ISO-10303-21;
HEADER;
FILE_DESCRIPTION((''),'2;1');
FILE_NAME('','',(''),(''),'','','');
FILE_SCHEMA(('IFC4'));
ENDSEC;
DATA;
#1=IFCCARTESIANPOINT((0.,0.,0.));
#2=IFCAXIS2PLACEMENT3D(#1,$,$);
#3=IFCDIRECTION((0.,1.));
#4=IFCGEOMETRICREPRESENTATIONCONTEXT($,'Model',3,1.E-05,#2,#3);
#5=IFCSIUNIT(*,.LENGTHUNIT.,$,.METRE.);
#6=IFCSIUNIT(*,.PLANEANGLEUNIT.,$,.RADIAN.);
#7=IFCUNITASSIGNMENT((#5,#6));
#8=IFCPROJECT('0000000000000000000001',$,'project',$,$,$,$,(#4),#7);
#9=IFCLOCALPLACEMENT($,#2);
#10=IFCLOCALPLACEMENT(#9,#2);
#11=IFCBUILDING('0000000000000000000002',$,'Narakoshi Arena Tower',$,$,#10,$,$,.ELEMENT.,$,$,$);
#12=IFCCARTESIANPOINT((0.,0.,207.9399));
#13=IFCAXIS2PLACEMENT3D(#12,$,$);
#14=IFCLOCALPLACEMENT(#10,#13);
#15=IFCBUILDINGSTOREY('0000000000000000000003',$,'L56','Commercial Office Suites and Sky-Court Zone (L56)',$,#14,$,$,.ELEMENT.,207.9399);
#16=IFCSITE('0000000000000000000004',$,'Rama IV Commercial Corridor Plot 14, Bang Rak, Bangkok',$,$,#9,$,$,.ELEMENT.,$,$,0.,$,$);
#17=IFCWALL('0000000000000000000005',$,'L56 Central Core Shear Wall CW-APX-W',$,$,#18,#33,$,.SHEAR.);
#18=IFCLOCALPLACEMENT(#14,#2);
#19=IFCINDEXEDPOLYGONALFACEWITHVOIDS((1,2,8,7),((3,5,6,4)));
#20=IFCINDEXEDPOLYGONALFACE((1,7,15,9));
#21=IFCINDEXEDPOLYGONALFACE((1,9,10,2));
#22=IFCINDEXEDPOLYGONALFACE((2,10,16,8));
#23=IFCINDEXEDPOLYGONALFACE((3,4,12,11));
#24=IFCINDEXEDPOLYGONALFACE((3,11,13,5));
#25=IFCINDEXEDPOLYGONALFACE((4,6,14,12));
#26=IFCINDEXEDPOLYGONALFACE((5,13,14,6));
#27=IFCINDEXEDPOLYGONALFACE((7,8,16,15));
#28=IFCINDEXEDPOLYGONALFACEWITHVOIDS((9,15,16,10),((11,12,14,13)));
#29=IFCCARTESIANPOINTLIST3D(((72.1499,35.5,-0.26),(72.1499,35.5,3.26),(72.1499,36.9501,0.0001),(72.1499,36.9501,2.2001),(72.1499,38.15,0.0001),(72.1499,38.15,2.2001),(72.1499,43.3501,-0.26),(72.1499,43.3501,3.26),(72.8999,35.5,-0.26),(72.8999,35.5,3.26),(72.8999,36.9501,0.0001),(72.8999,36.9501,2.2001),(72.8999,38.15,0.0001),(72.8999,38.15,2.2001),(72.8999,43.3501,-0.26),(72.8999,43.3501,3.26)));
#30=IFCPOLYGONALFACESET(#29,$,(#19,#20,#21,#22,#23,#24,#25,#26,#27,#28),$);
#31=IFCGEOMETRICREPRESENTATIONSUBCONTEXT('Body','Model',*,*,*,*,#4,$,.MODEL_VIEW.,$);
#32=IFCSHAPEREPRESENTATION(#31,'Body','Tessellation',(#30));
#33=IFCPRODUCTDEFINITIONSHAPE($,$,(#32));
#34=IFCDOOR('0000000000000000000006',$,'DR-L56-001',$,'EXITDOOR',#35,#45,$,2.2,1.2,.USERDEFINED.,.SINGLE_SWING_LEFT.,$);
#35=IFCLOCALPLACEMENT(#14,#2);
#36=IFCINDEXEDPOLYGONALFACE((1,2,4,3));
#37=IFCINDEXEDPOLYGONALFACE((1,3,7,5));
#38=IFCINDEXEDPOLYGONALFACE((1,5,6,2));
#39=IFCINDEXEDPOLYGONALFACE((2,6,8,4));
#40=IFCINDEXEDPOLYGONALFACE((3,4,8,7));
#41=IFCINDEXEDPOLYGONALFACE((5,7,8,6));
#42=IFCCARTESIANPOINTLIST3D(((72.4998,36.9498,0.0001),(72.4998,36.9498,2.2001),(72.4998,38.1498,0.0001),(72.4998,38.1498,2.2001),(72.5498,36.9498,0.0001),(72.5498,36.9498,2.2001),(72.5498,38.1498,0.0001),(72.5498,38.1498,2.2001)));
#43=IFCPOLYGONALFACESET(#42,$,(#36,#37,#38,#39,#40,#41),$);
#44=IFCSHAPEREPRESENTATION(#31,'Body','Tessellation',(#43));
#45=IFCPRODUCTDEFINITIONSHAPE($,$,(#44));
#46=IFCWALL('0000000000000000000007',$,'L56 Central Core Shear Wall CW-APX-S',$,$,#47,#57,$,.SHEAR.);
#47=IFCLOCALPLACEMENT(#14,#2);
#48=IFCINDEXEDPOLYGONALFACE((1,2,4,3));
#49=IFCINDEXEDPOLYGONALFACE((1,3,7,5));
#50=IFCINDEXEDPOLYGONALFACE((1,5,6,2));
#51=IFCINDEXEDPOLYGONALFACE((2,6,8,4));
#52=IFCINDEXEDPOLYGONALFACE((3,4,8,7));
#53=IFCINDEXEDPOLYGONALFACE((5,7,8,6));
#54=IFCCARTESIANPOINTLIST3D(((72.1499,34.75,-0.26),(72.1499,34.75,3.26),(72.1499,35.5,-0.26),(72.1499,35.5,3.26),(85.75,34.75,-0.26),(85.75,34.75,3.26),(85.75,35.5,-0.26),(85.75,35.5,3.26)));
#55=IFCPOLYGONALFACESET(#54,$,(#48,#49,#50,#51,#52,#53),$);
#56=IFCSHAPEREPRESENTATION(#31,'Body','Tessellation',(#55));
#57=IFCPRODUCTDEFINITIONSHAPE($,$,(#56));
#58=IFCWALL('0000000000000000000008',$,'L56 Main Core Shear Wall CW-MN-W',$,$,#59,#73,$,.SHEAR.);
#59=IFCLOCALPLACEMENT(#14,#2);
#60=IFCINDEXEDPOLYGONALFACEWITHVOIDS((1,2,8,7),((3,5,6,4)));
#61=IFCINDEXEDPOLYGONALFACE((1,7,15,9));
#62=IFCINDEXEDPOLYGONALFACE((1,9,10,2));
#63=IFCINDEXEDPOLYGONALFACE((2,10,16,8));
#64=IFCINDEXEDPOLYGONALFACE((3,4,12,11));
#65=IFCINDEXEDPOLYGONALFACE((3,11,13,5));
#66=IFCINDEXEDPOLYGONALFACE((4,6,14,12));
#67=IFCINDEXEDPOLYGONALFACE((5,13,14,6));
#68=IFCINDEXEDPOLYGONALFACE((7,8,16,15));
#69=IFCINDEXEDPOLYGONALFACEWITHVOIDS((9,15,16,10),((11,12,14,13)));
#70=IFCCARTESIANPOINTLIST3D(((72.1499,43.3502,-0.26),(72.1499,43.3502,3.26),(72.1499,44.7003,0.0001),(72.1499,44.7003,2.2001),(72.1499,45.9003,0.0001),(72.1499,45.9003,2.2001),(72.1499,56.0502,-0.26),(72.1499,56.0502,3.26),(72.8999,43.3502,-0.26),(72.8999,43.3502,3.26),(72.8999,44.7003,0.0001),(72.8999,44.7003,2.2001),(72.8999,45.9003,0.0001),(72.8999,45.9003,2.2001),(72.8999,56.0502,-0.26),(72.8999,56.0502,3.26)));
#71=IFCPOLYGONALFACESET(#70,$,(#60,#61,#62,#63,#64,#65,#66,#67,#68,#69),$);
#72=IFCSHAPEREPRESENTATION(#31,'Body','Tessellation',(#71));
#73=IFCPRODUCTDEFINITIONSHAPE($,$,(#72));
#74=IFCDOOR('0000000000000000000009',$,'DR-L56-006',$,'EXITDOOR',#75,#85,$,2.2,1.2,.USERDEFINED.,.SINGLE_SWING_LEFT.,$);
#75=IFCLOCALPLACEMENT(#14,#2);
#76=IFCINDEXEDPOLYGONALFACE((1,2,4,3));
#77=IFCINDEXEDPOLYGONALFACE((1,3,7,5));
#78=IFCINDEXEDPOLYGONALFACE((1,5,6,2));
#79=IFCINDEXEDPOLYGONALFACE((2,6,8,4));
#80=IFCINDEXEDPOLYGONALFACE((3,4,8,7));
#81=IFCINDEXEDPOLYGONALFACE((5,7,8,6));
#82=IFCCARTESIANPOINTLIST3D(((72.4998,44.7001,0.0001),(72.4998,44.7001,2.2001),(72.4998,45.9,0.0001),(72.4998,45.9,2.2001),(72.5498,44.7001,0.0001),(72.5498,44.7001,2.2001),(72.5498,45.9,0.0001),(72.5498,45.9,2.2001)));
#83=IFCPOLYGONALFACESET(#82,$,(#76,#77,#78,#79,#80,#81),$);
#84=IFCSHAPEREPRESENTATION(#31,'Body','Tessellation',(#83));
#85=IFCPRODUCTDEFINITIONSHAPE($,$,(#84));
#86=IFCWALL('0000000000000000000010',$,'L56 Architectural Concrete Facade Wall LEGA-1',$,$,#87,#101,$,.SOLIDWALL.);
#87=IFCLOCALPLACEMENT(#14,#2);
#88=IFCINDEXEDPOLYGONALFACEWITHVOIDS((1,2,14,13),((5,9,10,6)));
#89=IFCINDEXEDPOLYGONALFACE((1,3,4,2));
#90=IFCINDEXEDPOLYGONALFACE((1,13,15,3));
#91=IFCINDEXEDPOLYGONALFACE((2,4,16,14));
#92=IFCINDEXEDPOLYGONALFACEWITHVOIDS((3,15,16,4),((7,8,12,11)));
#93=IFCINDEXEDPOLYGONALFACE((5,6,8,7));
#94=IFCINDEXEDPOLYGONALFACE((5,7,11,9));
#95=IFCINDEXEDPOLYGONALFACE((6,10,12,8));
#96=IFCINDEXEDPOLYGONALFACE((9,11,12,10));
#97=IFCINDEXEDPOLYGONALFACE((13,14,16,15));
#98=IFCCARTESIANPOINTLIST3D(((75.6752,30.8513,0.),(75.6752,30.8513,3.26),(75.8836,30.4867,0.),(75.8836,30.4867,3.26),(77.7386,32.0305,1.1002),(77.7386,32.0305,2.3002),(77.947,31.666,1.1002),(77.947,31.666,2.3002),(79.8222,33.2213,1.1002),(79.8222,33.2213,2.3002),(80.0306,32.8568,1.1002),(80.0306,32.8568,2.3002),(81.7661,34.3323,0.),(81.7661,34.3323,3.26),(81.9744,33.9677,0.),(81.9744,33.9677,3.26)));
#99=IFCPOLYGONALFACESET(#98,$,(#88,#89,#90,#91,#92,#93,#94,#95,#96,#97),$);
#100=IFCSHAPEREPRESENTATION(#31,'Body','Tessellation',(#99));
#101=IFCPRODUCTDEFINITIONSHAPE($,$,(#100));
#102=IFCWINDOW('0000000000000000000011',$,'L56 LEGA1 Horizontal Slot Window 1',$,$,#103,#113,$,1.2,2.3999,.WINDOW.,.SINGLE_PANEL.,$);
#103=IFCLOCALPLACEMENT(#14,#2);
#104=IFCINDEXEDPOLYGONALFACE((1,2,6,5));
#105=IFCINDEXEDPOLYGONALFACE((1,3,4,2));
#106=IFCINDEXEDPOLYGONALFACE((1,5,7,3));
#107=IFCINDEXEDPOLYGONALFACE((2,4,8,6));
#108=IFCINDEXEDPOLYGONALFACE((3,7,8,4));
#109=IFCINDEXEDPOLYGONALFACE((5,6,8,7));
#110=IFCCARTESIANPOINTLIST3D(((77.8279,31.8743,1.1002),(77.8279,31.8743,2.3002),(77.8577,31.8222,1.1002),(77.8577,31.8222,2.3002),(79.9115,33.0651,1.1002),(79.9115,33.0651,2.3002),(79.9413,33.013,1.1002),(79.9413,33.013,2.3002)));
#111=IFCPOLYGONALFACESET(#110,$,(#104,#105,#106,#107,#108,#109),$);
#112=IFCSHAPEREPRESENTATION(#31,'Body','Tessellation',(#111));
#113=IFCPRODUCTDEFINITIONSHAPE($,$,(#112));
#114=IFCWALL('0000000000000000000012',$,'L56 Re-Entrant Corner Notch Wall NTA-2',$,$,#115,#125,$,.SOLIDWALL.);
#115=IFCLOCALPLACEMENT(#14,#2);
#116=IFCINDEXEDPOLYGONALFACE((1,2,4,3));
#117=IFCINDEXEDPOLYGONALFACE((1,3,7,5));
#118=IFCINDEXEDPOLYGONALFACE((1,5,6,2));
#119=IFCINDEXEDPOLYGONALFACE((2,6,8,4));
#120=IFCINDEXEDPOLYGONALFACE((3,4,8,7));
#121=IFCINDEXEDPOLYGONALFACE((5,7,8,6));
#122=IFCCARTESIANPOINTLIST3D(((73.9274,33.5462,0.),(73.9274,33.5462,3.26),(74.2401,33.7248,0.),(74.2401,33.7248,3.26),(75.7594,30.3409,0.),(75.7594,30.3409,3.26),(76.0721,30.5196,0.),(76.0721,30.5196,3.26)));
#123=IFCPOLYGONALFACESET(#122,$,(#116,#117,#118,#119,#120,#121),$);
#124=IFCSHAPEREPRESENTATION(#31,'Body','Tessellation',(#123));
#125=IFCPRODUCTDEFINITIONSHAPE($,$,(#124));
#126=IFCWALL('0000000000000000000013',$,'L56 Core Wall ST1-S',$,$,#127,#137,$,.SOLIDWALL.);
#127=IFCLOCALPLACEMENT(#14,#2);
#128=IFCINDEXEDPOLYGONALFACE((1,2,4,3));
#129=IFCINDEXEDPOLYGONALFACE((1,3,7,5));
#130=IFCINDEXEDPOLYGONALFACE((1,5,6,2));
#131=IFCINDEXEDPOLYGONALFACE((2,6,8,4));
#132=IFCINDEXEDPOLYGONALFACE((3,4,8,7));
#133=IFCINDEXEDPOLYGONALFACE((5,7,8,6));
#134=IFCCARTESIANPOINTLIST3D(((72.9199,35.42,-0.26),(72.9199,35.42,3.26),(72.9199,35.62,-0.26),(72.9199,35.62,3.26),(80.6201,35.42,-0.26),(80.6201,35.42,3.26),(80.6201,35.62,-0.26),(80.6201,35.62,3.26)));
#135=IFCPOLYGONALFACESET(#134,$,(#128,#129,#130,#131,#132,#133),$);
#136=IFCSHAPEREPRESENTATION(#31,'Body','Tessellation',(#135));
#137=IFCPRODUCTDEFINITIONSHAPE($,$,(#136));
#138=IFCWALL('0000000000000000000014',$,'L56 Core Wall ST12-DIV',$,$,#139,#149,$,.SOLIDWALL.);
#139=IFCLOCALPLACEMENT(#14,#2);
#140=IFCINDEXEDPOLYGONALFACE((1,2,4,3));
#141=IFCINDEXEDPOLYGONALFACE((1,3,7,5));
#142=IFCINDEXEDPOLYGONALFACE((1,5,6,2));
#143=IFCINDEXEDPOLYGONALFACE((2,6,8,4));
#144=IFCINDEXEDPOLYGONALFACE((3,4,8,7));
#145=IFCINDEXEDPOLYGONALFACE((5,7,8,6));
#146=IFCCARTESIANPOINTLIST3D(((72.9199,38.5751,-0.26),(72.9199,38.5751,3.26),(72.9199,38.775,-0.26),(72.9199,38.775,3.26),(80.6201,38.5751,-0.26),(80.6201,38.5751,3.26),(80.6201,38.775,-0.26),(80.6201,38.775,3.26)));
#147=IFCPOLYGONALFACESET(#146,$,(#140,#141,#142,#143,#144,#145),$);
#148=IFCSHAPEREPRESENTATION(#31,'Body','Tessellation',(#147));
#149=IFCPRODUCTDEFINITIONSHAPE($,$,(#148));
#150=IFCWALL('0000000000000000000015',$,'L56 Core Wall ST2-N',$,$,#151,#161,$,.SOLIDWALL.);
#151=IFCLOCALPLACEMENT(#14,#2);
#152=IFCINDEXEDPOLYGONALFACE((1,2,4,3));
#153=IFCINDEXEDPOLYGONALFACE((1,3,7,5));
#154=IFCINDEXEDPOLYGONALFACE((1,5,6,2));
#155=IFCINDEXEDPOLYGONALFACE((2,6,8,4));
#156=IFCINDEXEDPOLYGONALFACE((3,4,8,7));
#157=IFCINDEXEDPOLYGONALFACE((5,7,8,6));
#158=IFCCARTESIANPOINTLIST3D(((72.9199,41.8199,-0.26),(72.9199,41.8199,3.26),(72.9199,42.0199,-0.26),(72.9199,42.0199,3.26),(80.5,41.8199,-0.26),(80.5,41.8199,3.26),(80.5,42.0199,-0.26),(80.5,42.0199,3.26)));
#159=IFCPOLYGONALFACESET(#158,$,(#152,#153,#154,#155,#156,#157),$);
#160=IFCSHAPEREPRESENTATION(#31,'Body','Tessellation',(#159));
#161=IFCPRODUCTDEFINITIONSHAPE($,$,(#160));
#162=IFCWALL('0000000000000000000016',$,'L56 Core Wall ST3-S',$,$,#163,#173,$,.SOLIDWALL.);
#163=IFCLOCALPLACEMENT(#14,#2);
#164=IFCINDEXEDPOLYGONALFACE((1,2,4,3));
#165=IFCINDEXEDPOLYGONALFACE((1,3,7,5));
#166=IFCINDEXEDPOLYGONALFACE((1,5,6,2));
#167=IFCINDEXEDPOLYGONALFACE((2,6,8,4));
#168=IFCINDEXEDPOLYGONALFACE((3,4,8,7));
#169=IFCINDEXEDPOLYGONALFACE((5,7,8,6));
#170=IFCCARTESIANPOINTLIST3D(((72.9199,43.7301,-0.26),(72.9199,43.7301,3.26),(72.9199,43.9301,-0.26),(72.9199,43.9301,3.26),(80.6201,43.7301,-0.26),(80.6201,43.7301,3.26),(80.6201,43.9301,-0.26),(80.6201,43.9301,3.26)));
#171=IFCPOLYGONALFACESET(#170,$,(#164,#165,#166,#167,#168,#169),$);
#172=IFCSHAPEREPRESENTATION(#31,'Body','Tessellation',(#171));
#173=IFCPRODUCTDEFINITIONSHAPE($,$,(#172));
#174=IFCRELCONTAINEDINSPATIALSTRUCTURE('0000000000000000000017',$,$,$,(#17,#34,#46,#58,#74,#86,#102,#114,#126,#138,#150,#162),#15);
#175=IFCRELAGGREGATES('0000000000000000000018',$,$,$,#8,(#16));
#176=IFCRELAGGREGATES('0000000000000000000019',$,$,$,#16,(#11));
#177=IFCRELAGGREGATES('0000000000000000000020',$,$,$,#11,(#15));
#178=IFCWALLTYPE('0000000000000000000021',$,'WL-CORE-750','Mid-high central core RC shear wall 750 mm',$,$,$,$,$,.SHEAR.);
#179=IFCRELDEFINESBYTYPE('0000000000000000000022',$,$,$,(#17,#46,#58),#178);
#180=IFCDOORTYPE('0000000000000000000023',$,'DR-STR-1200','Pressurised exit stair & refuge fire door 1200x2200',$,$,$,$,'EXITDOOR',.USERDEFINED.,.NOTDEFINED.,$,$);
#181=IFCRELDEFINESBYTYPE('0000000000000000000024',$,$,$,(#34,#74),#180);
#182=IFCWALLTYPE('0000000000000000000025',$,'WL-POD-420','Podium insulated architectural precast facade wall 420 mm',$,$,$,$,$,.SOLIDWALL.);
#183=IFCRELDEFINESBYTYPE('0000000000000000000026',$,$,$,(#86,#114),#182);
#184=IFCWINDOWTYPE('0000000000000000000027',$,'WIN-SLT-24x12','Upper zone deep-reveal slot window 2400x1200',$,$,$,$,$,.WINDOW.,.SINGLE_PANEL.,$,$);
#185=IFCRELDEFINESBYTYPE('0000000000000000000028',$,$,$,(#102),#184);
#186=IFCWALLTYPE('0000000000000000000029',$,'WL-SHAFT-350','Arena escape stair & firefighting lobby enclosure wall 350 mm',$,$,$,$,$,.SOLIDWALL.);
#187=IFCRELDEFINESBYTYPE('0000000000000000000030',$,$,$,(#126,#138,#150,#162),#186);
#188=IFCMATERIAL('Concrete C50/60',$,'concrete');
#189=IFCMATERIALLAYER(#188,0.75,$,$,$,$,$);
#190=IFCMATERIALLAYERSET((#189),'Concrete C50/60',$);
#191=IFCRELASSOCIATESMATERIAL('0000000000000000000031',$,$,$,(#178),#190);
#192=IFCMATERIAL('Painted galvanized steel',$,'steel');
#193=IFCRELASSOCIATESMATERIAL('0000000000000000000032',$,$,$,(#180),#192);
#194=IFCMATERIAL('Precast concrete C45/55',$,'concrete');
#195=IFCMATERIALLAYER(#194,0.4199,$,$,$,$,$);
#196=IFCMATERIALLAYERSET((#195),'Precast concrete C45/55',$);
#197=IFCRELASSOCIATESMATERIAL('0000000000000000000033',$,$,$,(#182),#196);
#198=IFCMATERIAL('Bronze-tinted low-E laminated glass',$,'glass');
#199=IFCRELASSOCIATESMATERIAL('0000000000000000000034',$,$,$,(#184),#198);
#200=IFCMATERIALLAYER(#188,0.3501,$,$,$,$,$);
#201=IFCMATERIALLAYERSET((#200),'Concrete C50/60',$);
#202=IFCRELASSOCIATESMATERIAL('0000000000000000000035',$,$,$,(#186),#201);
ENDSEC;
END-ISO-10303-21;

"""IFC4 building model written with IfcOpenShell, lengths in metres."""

from ifc_helpers import new_model, si_unit, direction, frame, frame_2d, origin, place, context, subcontext, project, spatial, rectangle, extrude, material, layer, layer_set, type_object, element, fill, save


model = new_model("IFC4")

# Units and contexts
model_context = context("Model", 3, precision=1e-05, world=origin(), true_north=direction((0.0, 1.0)))
body_context = subcontext(model_context, "Body", "Model", "MODEL_VIEW")
ifc_project = project(units=[si_unit("LENGTHUNIT", "METRE"), si_unit("PLANEANGLEUNIT", "RADIAN")], contexts=[model_context])

# Site, building, storey
site_placement = place(None, origin())
site = spatial("IfcSite", under=ifc_project, at=site_placement, Name="Rama IV Commercial Corridor Plot 14, Bang Rak, Bangkok", CompositionType="ELEMENT", RefElevation=0.0)
building_placement = place(site_placement, origin())
building = spatial("IfcBuilding", under=site, at=building_placement, Name="Narakoshi Arena Tower", CompositionType="ELEMENT")
storey_placement = place(building_placement, frame((0.0, 0.0, 207.9399)))
storey = spatial("IfcBuildingStorey", under=building, at=storey_placement, Name="L56", Description="Commercial Office Suites and Sky-Court Zone (L56)", CompositionType="ELEMENT", Elevation=207.9399)

# Wall, opening, door
ifc_material_1 = material(Name="Concrete C50/60", Category="concrete")
ifc_layer_1 = layer(ifc_material_1, 0.75)
ifc_layer_set_1 = layer_set([ifc_layer_1], Name="Concrete C50/60")
wall_type_1 = type_object("IfcWallType", Name="WL-CORE-750", Description="Mid-high central core RC shear wall 750 mm", PredefinedType="SHEAR", material=ifc_layer_set_1)
wall_1_placement = place(storey_placement, frame((72.5249, 35.5, -0.26), z_axis=(0.0, 0.0, 1.0), x_axis=(0.0, 1.0, 0.0)))
wall_1 = element("IfcWall", 1, at=wall_1_placement, inside=storey, type_object=wall_type_1, Name="L56 Central Core Shear Wall CW-APX-W", PredefinedType="SHEAR", context=body_context, shape_type="SweptSolid", body=[
    extrude(rectangle(XDim=7.8501, YDim=0.75, at=frame_2d((3.925, 0.0))), origin(), (0.0, 0.0, 1.0), 3.52),
])
opening_1_placement = place(wall_1_placement, frame((1.45, 0.0, 0.26)))
opening_1 = element("IfcOpeningElement", 2, at=opening_1_placement, cuts=wall_1, PredefinedType="OPENING", context=body_context, shape_type="SweptSolid", body=[
    extrude(rectangle(XDim=1.2, YDim=2.2, at=frame_2d((0.6001, 1.1001))), frame((0.0, 0.385, 0.0), z_axis=(0.0, -1.0, 0.0), x_axis=(1.0, 0.0, 0.0)), (0.0, 0.0, 1.0), 0.77),
])
ifc_material_2 = material(Name="Painted galvanized steel", Category="steel")
door_type = type_object("IfcDoorType", Name="DR-STR-1200", Description="Pressurised exit stair & refuge fire door 1200x2200", ElementType="EXITDOOR", OperationType="NOTDEFINED", PredefinedType="USERDEFINED", material=ifc_material_2)
door_1_placement = place(opening_1_placement, frame((1.2, 0.0, 0.0), z_axis=(0.0, 0.0, 1.0), x_axis=(-1.0, 0.0, 0.0)))
door_1 = element("IfcDoor", 3, at=door_1_placement, inside=storey, type_object=door_type, Name="DR-L56-001", ObjectType="EXITDOOR", OperationType="SINGLE_SWING_LEFT", OverallHeight=2.2, OverallWidth=1.2, PredefinedType="USERDEFINED", context=body_context, shape_type="SweptSolid", body=[
    extrude(rectangle(XDim=1.2, YDim=2.2, at=frame_2d((0.6001, 1.1001))), frame((0.0, 0.0249, 0.0), z_axis=(0.0, -1.0, 0.0), x_axis=(1.0, 0.0, 0.0)), (0.0, 0.0, 1.0), 0.05),
])
fill(opening_1, door_1)

# Wall
wall_2_placement = place(storey_placement, frame((72.1499, 35.125, -0.26), z_axis=(0.0, 0.0, 1.0), x_axis=(1.0, 0.0, 0.0)))
element("IfcWall", 4, at=wall_2_placement, inside=storey, type_object=wall_type_1, Name="L56 Central Core Shear Wall CW-APX-S", PredefinedType="SHEAR", context=body_context, shape_type="SweptSolid", body=[
    extrude(rectangle(XDim=13.6001, YDim=0.75, at=frame_2d((6.8, 0.0))), origin(), (0.0, 0.0, 1.0), 3.52),
])

# Wall, opening, door
wall_3_placement = place(storey_placement, frame((72.5249, 43.3501, -0.26), z_axis=(0.0, 0.0, 1.0), x_axis=(0.0, 1.0, 0.0)))
wall_3 = element("IfcWall", 5, at=wall_3_placement, inside=storey, type_object=wall_type_1, Name="L56 Main Core Shear Wall CW-MN-W", PredefinedType="SHEAR", context=body_context, shape_type="SweptSolid", body=[
    extrude(rectangle(XDim=12.7, YDim=0.75, at=frame_2d((6.3501, 0.0))), origin(), (0.0, 0.0, 1.0), 3.52),
])
opening_2_placement = place(wall_3_placement, frame((1.3501, 0.0, 0.26)))
opening_2 = element("IfcOpeningElement", 6, at=opening_2_placement, cuts=wall_3, PredefinedType="OPENING", context=body_context, shape_type="SweptSolid", body=[
    extrude(rectangle(XDim=1.2, YDim=2.2, at=frame_2d((0.6001, 1.1001))), frame((0.0, 0.385, 0.0), z_axis=(0.0, -1.0, 0.0), x_axis=(1.0, 0.0, 0.0)), (0.0, 0.0, 1.0), 0.77),
])
door_2_placement = place(opening_2_placement, frame((1.2, 0.0, 0.0), z_axis=(0.0, 0.0, 1.0), x_axis=(-1.0, 0.0, 0.0)))
door_2 = element("IfcDoor", 7, at=door_2_placement, inside=storey, type_object=door_type, Name="DR-L56-006", ObjectType="EXITDOOR", OperationType="SINGLE_SWING_LEFT", OverallHeight=2.2, OverallWidth=1.2, PredefinedType="USERDEFINED", context=body_context, shape_type="SweptSolid", body=[
    extrude(rectangle(XDim=1.2, YDim=2.2, at=frame_2d((0.6001, 1.1001))), frame((0.0, 0.0249, 0.0), z_axis=(0.0, -1.0, 0.0), x_axis=(1.0, 0.0, 0.0)), (0.0, 0.0, 1.0), 0.05),
])
fill(opening_2, door_2)

# Wall, opening, window
ifc_material_3 = material(Name="Precast concrete C45/55", Category="concrete")
ifc_layer_2 = layer(ifc_material_3, 0.4199)
ifc_layer_set_2 = layer_set([ifc_layer_2], Name="Precast concrete C45/55")
wall_type_2 = type_object("IfcWallType", Name="WL-POD-420", Description="Podium insulated architectural precast facade wall 420 mm", PredefinedType="SOLIDWALL", material=ifc_layer_set_2)
wall_4_placement = place(storey_placement, frame((75.7793, 30.6689, 0.0), z_axis=(0.0, 0.0, 1.0), x_axis=(0.868213, 0.496191, 0.0)))
wall_4 = element("IfcWall", 8, at=wall_4_placement, inside=storey, type_object=wall_type_2, Name="L56 Architectural Concrete Facade Wall LEGA-1", PredefinedType="SOLIDWALL", context=body_context, shape_type="SweptSolid", body=[
    extrude(rectangle(XDim=7.0154, YDim=0.4199, at=frame_2d((3.5078, 0.0))), origin(), (0.0, 0.0, 1.0), 3.26),
])
opening_3_placement = place(wall_4_placement, frame((2.3767, 0.0, 1.1001)))
opening_3 = element("IfcOpeningElement", 9, at=opening_3_placement, cuts=wall_4, PredefinedType="OPENING", context=body_context, shape_type="SweptSolid", body=[
    extrude(rectangle(XDim=2.3999, YDim=1.2, at=frame_2d((1.2, 0.6001))), frame((0.0, 0.22, 0.0), z_axis=(0.0, -1.0, 0.0), x_axis=(1.0, 0.0, 0.0)), (0.0, 0.0, 1.0), 0.4399),
])
ifc_material_4 = material(Name="Bronze-tinted low-E laminated glass", Category="glass")
window_type = type_object("IfcWindowType", Name="WIN-SLT-24x12", Description="Upper zone deep-reveal slot window 2400x1200", PartitioningType="SINGLE_PANEL", PredefinedType="WINDOW", material=ifc_material_4)
window_placement = place(opening_3_placement, origin())
window = element("IfcWindow", 10, at=window_placement, inside=storey, type_object=window_type, Name="L56 LEGA1 Horizontal Slot Window 1", OverallHeight=1.2, OverallWidth=2.3999, PartitioningType="SINGLE_PANEL", PredefinedType="WINDOW", context=body_context, shape_type="SweptSolid", body=[
    extrude(rectangle(XDim=2.3999, YDim=1.2, at=frame_2d((1.2, 0.6001))), frame((0.0, 0.03, 0.0), z_axis=(0.0, -1.0, 0.0), x_axis=(1.0, 0.0, 0.0)), (0.0, 0.0, 1.0), 0.0601),
])
fill(opening_3, window)

# Walls
wall_5_placement = place(storey_placement, frame((74.0837, 33.6355, 0.0), z_axis=(0.0, 0.0, 1.0), x_axis=(0.496224, -0.868194, 0.0)))
element("IfcWall", 11, at=wall_5_placement, inside=storey, type_object=wall_type_2, Name="L56 Re-Entrant Corner Notch Wall NTA-2", PredefinedType="SOLIDWALL", context=body_context, shape_type="SweptSolid", body=[
    extrude(rectangle(XDim=3.6919, YDim=0.3601, at=frame_2d((1.8459, 0.0))), origin(), (0.0, 0.0, 1.0), 3.26),
])
ifc_layer_3 = layer(ifc_material_1, 0.3501)
ifc_layer_set_3 = layer_set([ifc_layer_3], Name="Concrete C50/60")
wall_type_3 = type_object("IfcWallType", Name="WL-SHAFT-350", Description="Arena escape stair & firefighting lobby enclosure wall 350 mm", PredefinedType="SOLIDWALL", material=ifc_layer_set_3)
for number, where, z_axis, x_axis, name in (
    (12, (72.9199, 35.52, -0.26), (0.0, 0.0, 1.0), (1.0, 0.0, 0.0), "L56 Core Wall ST1-S"),
    (13, (72.9199, 38.675, -0.26), (0.0, 0.0, 1.0), (1.0, 0.0, 0.0), "L56 Core Wall ST12-DIV"),
):
    element("IfcWall", number, at=place(storey_placement, frame(where, z_axis=z_axis, x_axis=x_axis)), inside=storey, type_object=wall_type_3, Name=name, PredefinedType="SOLIDWALL", context=body_context, shape_type="SweptSolid", body=[
        extrude(rectangle(XDim=7.7002, YDim=0.2, at=frame_2d((3.8501, 0.0))), origin(), (0.0, 0.0, 1.0), 3.52),
    ])
wall_6_placement = place(storey_placement, frame((72.9199, 41.9199, -0.26), z_axis=(0.0, 0.0, 1.0), x_axis=(1.0, 0.0, 0.0)))
element("IfcWall", 14, at=wall_6_placement, inside=storey, type_object=wall_type_3, Name="L56 Core Wall ST2-N", PredefinedType="SOLIDWALL", context=body_context, shape_type="SweptSolid", body=[
    extrude(rectangle(XDim=7.5801, YDim=0.2, at=frame_2d((3.79, 0.0))), origin(), (0.0, 0.0, 1.0), 3.52),
])
wall_7_placement = place(storey_placement, frame((72.9199, 43.8301, -0.26), z_axis=(0.0, 0.0, 1.0), x_axis=(1.0, 0.0, 0.0)))
element("IfcWall", 15, at=wall_7_placement, inside=storey, type_object=wall_type_3, Name="L56 Core Wall ST3-S", PredefinedType="SOLIDWALL", context=body_context, shape_type="SweptSolid", body=[
    extrude(rectangle(XDim=7.7002, YDim=0.2, at=frame_2d((3.8501, 0.0))), origin(), (0.0, 0.0, 1.0), 3.52),
])

save(model, "model.ifc")
